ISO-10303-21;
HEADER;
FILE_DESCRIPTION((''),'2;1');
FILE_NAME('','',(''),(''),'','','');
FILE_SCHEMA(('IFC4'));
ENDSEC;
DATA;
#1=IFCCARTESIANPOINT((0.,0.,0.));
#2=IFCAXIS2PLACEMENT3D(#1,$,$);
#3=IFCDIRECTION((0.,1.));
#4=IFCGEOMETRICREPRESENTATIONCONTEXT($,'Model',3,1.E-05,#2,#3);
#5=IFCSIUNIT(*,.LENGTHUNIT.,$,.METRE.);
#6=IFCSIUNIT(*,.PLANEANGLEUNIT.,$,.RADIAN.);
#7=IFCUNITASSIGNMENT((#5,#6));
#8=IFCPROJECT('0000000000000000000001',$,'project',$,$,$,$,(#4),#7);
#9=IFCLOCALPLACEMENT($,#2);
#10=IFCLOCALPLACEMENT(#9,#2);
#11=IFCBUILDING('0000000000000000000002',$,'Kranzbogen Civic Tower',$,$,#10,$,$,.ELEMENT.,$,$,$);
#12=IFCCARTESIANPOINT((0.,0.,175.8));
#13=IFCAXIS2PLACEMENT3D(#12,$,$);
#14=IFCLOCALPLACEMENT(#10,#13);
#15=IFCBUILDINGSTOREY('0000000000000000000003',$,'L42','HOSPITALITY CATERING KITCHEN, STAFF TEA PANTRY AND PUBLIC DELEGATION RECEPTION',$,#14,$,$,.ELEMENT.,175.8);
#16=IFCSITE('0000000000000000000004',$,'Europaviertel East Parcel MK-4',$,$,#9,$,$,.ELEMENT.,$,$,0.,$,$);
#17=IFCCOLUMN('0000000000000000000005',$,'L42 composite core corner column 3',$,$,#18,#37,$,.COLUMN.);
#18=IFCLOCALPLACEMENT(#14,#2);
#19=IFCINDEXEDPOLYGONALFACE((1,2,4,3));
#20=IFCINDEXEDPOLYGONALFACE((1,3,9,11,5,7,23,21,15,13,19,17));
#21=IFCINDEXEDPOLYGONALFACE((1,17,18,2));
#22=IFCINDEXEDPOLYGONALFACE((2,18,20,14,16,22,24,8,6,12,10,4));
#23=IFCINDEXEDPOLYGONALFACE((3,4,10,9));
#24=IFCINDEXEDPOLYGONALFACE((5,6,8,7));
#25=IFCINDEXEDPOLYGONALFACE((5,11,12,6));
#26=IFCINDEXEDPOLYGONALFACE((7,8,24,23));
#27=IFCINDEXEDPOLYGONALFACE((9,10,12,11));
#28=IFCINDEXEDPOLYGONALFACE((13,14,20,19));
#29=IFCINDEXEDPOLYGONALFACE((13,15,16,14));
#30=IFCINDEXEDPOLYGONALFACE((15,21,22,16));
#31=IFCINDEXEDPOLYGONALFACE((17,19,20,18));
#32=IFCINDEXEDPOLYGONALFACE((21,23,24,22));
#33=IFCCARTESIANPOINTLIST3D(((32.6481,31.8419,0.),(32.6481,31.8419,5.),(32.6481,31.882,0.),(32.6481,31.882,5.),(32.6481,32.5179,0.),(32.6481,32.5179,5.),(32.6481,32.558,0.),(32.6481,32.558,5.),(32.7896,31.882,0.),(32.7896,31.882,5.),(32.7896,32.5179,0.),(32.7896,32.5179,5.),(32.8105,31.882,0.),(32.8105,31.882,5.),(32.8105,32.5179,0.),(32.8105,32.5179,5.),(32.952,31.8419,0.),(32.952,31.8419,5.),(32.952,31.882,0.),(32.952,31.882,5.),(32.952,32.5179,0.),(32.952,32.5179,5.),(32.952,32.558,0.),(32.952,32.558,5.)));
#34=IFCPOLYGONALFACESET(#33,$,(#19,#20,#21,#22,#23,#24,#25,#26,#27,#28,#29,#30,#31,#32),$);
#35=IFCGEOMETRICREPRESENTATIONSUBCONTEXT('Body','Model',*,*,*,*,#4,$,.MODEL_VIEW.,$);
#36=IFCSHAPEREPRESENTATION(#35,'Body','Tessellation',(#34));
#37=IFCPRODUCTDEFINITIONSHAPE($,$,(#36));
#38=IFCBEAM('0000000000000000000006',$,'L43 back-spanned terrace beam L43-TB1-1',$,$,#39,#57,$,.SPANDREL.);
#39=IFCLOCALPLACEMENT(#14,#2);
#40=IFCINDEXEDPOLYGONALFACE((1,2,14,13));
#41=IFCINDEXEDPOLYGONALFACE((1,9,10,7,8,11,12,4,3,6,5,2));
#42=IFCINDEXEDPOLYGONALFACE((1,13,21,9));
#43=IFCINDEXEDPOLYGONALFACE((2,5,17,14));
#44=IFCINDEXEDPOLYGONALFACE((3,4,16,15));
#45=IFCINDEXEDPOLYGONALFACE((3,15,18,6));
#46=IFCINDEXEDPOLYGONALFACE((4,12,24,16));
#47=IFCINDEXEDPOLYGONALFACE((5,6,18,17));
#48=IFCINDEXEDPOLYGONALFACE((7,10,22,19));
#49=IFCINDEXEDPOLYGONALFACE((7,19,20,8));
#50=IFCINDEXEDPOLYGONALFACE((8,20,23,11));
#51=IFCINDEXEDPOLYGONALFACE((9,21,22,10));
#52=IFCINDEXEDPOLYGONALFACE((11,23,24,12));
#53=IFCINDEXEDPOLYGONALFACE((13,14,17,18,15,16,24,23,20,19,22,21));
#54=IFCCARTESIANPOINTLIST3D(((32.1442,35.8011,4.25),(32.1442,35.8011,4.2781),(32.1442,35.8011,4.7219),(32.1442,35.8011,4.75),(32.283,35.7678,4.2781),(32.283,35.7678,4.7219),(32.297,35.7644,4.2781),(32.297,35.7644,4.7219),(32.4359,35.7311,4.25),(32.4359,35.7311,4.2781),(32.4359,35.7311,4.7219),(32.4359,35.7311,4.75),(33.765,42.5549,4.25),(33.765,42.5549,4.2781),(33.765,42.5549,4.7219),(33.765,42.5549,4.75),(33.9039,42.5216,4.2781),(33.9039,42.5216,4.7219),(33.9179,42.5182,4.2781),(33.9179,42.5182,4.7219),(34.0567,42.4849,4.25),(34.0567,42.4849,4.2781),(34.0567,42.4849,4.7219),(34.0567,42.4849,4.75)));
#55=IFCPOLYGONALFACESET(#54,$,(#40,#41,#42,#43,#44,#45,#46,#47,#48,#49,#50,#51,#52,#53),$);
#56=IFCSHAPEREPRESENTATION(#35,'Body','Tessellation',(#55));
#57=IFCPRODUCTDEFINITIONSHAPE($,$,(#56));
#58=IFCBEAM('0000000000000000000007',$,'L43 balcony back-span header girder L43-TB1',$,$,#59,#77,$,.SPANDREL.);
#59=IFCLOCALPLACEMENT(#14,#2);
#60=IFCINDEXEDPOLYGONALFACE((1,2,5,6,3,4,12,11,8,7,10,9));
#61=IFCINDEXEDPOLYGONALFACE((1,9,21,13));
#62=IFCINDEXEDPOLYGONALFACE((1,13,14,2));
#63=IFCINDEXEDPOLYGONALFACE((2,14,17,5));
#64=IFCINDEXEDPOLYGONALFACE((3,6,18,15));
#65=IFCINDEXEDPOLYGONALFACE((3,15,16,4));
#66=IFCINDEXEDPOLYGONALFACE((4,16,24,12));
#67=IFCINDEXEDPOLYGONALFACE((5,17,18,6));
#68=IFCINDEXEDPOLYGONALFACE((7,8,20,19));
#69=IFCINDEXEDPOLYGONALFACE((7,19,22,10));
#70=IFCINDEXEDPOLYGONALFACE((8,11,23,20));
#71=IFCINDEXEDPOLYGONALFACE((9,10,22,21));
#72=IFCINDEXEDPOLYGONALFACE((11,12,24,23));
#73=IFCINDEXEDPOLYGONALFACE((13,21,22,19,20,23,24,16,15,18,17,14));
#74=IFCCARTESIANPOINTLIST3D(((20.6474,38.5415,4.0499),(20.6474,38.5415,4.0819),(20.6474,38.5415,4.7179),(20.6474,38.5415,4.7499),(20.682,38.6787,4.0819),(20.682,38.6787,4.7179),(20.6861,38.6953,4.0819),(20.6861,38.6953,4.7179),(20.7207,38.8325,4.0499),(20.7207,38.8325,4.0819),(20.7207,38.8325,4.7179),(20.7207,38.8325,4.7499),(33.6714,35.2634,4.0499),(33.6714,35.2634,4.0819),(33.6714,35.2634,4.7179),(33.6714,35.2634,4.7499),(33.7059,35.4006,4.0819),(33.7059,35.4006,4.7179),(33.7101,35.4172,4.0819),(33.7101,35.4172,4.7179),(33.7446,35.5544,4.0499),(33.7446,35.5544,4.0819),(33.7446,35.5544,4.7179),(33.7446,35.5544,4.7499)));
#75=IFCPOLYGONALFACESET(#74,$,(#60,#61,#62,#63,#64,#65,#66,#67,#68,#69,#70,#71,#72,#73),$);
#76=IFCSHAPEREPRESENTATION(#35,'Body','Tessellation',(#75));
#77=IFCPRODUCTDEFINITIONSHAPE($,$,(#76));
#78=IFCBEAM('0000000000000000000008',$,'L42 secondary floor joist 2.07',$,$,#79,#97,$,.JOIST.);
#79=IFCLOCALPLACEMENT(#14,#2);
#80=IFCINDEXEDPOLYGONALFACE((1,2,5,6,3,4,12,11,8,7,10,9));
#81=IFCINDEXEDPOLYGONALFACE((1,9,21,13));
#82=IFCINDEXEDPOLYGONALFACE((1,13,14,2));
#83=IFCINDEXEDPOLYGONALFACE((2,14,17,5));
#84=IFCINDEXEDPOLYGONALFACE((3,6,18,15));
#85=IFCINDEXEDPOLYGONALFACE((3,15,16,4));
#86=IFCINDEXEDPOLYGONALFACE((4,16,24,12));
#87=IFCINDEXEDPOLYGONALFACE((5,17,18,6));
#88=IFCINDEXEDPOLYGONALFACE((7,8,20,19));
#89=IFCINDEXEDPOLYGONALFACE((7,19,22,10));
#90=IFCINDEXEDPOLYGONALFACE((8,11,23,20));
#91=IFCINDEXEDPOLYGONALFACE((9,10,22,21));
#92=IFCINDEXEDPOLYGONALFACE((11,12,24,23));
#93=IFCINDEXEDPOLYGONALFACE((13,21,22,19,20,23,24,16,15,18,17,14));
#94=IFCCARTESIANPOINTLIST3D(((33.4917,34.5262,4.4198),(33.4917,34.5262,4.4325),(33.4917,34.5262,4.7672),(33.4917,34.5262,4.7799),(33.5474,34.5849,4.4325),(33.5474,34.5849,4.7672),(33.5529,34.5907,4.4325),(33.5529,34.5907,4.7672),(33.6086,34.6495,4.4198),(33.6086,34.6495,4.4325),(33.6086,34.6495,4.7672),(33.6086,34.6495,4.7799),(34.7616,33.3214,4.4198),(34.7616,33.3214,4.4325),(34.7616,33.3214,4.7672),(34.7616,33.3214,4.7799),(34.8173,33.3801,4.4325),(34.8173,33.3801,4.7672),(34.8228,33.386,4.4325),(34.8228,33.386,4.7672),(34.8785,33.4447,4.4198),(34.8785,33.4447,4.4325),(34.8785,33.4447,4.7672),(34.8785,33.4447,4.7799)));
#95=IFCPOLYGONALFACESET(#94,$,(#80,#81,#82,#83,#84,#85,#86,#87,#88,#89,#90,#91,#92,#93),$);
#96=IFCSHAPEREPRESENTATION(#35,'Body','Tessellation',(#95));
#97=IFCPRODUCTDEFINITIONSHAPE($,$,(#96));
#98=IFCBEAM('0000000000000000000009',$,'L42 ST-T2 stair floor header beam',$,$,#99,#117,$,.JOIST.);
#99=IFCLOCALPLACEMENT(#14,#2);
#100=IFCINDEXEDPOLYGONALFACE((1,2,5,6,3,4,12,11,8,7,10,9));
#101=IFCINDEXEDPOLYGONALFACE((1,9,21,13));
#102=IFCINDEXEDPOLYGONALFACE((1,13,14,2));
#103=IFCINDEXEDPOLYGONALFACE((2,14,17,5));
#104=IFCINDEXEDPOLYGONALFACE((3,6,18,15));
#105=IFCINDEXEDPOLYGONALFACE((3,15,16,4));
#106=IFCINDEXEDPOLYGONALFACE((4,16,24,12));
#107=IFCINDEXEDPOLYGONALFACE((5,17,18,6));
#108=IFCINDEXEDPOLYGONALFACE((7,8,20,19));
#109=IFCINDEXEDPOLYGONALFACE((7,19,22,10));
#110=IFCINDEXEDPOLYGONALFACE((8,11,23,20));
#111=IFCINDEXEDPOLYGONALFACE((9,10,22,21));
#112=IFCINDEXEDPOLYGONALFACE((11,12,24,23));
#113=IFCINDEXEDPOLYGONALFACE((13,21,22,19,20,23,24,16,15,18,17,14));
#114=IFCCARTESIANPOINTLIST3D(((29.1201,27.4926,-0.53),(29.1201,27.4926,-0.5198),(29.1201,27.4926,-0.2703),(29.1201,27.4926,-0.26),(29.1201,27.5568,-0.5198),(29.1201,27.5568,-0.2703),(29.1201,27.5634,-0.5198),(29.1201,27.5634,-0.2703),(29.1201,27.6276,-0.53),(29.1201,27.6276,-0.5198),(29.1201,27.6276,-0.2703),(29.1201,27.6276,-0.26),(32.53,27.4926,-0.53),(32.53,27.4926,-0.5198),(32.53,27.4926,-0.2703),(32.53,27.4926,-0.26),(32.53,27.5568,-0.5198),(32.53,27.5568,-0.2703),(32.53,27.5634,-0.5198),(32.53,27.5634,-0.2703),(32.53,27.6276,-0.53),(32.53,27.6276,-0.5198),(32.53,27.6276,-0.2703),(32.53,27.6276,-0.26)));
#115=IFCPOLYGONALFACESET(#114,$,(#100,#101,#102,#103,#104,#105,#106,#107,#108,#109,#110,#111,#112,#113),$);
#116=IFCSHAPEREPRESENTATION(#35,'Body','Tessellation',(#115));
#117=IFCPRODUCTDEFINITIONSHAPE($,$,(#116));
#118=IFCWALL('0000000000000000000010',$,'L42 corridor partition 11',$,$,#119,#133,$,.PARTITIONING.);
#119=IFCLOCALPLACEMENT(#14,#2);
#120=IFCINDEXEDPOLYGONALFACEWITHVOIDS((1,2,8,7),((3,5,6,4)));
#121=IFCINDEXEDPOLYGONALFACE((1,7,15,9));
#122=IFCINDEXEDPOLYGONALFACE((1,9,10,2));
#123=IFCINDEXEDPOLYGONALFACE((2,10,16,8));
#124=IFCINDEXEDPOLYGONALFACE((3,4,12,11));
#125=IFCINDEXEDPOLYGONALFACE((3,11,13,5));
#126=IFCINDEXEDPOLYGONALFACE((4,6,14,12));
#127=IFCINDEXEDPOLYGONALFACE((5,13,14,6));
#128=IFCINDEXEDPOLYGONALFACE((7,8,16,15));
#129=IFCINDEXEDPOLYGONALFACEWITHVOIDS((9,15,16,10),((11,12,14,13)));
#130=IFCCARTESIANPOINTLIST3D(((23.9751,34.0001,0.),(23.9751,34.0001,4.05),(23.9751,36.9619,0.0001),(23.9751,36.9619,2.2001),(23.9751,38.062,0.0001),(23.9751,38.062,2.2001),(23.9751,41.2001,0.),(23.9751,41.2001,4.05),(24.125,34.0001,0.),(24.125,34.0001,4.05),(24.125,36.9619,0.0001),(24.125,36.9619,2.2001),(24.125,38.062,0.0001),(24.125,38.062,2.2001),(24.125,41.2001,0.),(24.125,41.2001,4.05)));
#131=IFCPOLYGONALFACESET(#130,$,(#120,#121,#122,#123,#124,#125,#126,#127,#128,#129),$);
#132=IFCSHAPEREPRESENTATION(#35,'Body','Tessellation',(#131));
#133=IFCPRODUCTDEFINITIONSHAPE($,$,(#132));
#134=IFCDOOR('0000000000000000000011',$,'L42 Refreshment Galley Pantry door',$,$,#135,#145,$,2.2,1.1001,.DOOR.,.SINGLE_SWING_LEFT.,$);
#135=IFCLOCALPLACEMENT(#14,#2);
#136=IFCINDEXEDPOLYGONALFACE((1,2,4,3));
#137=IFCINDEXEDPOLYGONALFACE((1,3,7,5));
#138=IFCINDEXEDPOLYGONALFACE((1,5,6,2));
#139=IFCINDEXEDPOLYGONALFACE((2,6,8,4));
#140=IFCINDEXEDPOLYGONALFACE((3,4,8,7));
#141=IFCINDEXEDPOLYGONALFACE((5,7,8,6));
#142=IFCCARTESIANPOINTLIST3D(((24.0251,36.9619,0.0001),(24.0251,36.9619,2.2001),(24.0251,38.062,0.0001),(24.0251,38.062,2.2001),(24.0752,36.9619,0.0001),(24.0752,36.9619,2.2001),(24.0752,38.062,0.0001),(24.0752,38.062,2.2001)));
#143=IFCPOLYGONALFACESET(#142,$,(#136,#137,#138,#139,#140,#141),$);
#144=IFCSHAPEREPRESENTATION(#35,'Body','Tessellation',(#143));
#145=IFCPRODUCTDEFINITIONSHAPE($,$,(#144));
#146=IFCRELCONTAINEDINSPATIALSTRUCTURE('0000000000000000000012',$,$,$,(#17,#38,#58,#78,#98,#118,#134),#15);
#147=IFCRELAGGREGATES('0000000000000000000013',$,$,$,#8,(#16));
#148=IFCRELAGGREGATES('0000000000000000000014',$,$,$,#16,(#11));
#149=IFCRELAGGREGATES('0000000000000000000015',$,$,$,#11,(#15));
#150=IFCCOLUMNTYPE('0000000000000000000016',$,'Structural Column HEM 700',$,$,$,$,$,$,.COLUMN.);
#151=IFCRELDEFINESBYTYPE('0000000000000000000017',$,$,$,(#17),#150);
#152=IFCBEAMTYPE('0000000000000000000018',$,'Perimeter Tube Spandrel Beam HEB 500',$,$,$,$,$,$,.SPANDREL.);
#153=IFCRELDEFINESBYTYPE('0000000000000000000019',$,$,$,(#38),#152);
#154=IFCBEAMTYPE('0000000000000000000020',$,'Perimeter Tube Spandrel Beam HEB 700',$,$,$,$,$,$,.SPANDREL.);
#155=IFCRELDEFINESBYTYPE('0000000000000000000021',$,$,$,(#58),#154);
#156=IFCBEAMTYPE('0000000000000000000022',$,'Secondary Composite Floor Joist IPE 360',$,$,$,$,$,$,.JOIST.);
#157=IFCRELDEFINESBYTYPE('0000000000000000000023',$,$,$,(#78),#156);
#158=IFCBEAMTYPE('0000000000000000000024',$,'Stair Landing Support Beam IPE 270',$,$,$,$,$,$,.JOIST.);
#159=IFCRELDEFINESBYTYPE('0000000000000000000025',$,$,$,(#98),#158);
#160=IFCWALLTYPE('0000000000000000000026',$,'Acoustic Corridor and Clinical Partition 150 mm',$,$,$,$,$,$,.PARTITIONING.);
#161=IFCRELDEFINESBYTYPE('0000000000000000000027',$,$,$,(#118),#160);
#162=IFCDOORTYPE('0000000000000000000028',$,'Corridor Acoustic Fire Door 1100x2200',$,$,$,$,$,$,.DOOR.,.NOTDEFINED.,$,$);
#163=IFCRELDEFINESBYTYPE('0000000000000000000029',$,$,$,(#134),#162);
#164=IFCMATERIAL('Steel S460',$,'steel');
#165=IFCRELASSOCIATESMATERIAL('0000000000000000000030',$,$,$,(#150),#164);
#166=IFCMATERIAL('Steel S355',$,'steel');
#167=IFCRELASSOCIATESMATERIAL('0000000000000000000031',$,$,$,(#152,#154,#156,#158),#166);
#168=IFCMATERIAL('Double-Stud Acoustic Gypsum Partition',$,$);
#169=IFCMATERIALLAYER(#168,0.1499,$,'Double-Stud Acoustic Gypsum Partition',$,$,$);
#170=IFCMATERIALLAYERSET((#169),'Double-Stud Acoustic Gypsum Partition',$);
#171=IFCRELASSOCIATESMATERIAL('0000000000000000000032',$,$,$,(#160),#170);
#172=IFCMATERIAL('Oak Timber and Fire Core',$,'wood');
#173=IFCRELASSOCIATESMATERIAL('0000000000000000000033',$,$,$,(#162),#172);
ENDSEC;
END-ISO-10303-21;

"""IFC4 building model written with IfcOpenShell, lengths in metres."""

from ifc_helpers import new_model, si_unit, direction, frame, frame_2d, origin, origin_2d, place, context, subcontext, project, spatial, rectangle, i_section, extrude, material, layer, layer_set, material_profile, profile_set, type_object, element, fill, save


model = new_model("IFC4")

# Units and contexts
model_context = context("Model", 3, precision=1e-05, world=origin(), true_north=direction((0.0, 1.0)))
body_context = subcontext(model_context, "Body", "Model", "MODEL_VIEW")
ifc_project = project(units=[si_unit("LENGTHUNIT", "METRE"), si_unit("PLANEANGLEUNIT", "RADIAN")], contexts=[model_context])

# Site, building, storey
site_placement = place(None, origin())
site = spatial("IfcSite", under=ifc_project, at=site_placement, Name="Europaviertel East Parcel MK-4", CompositionType="ELEMENT", RefElevation=0.0)
building_placement = place(site_placement, origin())
building = spatial("IfcBuilding", under=site, at=building_placement, Name="Kranzbogen Civic Tower", CompositionType="ELEMENT")
storey_placement = place(building_placement, frame((0.0, 0.0, 175.8)))
storey = spatial("IfcBuildingStorey", under=building, at=storey_placement, Name="L42", Description="HOSPITALITY CATERING KITCHEN, STAFF TEA PANTRY AND PUBLIC DELEGATION RECEPTION", CompositionType="ELEMENT", Elevation=175.8)

# Column
ifc_material_1 = material(Name="Steel S460", Category="steel")
ifc_material_profile_1 = material_profile(ifc_material_1, i_section(OverallWidth=0.304, OverallDepth=0.7161, WebThickness=0.021, FlangeThickness=0.04, at=origin_2d()), Name="HEM 700")
ifc_profile_set_1 = profile_set([ifc_material_profile_1], Name="Steel S460")
column_type = type_object("IfcColumnType", Name="Structural Column HEM 700", PredefinedType="COLUMN", material=ifc_profile_set_1)
column_placement = place(storey_placement, frame((32.8, 32.2, 0.0), z_axis=(0.0, 0.0, 1.0), x_axis=(1.0, 0.0, 0.0)))
element("IfcColumn", 1, at=column_placement, inside=storey, type_object=column_type, Name="L42 composite core corner column 3", PredefinedType="COLUMN", context=body_context, shape_type="SweptSolid", body=[
    extrude(i_section(OverallWidth=0.304, OverallDepth=0.7161, WebThickness=0.021, FlangeThickness=0.04, at=origin_2d()), origin(), (0.0, 0.0, 1.0), 5.0),
])

# Beams
ifc_material_2 = material(Name="Steel S355", Category="steel")
ifc_material_profile_2 = material_profile(ifc_material_2, i_section(OverallWidth=0.3, OverallDepth=0.5, WebThickness=0.0144, FlangeThickness=0.0281, at=origin_2d()), Name="HEB 500")
ifc_profile_set_2 = profile_set([ifc_material_profile_2], Name="Steel S355")
beam_type_1 = type_object("IfcBeamType", Name="Perimeter Tube Spandrel Beam HEB 500", PredefinedType="SPANDREL", material=ifc_profile_set_2)
beam_1_placement = place(storey_placement, frame((32.29, 35.7661, 4.5), z_axis=(0.233361, 0.97239, 0.0), x_axis=(-0.97239, 0.233361, 0.0)))
element("IfcBeam", 2, at=beam_1_placement, inside=storey, type_object=beam_type_1, Name="L43 back-spanned terrace beam L43-TB1-1", PredefinedType="SPANDREL", context=body_context, shape_type="SweptSolid", body=[
    extrude(i_section(OverallWidth=0.3, OverallDepth=0.5, WebThickness=0.0144, FlangeThickness=0.0281, at=origin_2d()), origin(), (0.0, 0.0, 1.0), 6.9456),
])
ifc_material_profile_3 = material_profile(ifc_material_2, i_section(OverallWidth=0.3, OverallDepth=0.7, WebThickness=0.0171, FlangeThickness=0.032, at=origin_2d()), Name="HEB 700")
ifc_profile_set_3 = profile_set([ifc_material_profile_3], Name="Steel S355")
beam_type_2 = type_object("IfcBeamType", Name="Perimeter Tube Spandrel Beam HEB 700", PredefinedType="SPANDREL", material=ifc_profile_set_3)
beam_2_placement = place(storey_placement, frame((33.708, 35.4089, 4.3999), z_axis=(-0.969754, 0.244084, 0.0), x_axis=(-0.244084, -0.969754, 0.0)))
element("IfcBeam", 3, at=beam_2_placement, inside=storey, type_object=beam_type_2, Name="L43 balcony back-span header girder L43-TB1", PredefinedType="SPANDREL", context=body_context, shape_type="SweptSolid", body=[
    extrude(i_section(OverallWidth=0.3, OverallDepth=0.7, WebThickness=0.0171, FlangeThickness=0.032, at=origin_2d()), origin(), (0.0, 0.0, 1.0), 13.4302),
])
ifc_material_profile_4 = material_profile(ifc_material_2, i_section(OverallWidth=0.1699, OverallDepth=0.3601, WebThickness=0.0081, FlangeThickness=0.0127, at=origin_2d()), Name="IPE 360")
ifc_profile_set_4 = profile_set([ifc_material_profile_4], Name="Steel S355")
beam_type_3 = type_object("IfcBeamType", Name="Secondary Composite Floor Joist IPE 360", PredefinedType="JOIST", material=ifc_profile_set_4)
beam_3_placement = place(storey_placement, frame((34.8201, 33.3831, 4.5999), z_axis=(-0.72548, 0.688243, 0.0), x_axis=(-0.688243, -0.72548, 0.0)))
element("IfcBeam", 4, at=beam_3_placement, inside=storey, type_object=beam_type_3, Name="L42 secondary floor joist 2.07", PredefinedType="JOIST", context=body_context, shape_type="SweptSolid", body=[
    extrude(i_section(OverallWidth=0.1699, OverallDepth=0.3601, WebThickness=0.0081, FlangeThickness=0.0127, at=origin_2d()), origin(), (0.0, 0.0, 1.0), 1.7505),
])
ifc_material_profile_5 = material_profile(ifc_material_2, i_section(OverallWidth=0.135, OverallDepth=0.27, WebThickness=0.0066, FlangeThickness=0.0103, at=origin_2d()), Name="IPE 270")
ifc_profile_set_5 = profile_set([ifc_material_profile_5], Name="Steel S355")
beam_type_4 = type_object("IfcBeamType", Name="Stair Landing Support Beam IPE 270", PredefinedType="JOIST", material=ifc_profile_set_5)
beam_4_placement = place(storey_placement, frame((29.1201, 27.5601, -0.395), z_axis=(1.0, 0.0, 0.0), x_axis=(0.0, 1.0, 0.0)))
element("IfcBeam", 5, at=beam_4_placement, inside=storey, type_object=beam_type_4, Name="L42 ST-T2 stair floor header beam", PredefinedType="JOIST", context=body_context, shape_type="SweptSolid", body=[
    extrude(i_section(OverallWidth=0.135, OverallDepth=0.27, WebThickness=0.0066, FlangeThickness=0.0103, at=origin_2d()), origin(), (0.0, 0.0, 1.0), 3.4099),
])

# Wall, opening, door
ifc_material_3 = material(Name="Double-Stud Acoustic Gypsum Partition")
ifc_layer_1 = layer(ifc_material_3, 0.1499, Name="Double-Stud Acoustic Gypsum Partition")
ifc_layer_set_1 = layer_set([ifc_layer_1], Name="Double-Stud Acoustic Gypsum Partition")
wall_type_1 = type_object("IfcWallType", Name="Acoustic Corridor and Clinical Partition 150 mm", PredefinedType="PARTITIONING", material=ifc_layer_set_1)
wall_1_placement = place(storey_placement, frame((24.05, 34.0, 0.0), z_axis=(0.0, 0.0, 1.0), x_axis=(0.0, 1.0, 0.0)))
wall_1 = element("IfcWall", 6, at=wall_1_placement, inside=storey, type_object=wall_type_1, Name="L42 corridor partition 11", PredefinedType="PARTITIONING", context=body_context, shape_type="SweptSolid", body=[
    extrude(rectangle(XDim=7.2, YDim=0.1499, at=frame_2d((3.6001, 0.0))), origin(), (0.0, 0.0, 1.0), 4.05),
])
opening_1_placement = place(wall_1_placement, frame((2.9619, 0.0, 0.0)))
opening_1 = element("IfcOpeningElement", 7, at=opening_1_placement, cuts=wall_1, PredefinedType="OPENING", context=body_context, shape_type="SweptSolid", body=[
    extrude(rectangle(XDim=1.1001, YDim=2.2, at=frame_2d((0.55, 1.1001))), frame((0.0, 0.085, 0.0), z_axis=(0.0, -1.0, 0.0), x_axis=(1.0, 0.0, 0.0)), (0.0, 0.0, 1.0), 0.1699),
])
ifc_material_4 = material(Name="Oak Timber and Fire Core", Category="wood")
door_type_1 = type_object("IfcDoorType", Name="Corridor Acoustic Fire Door 1100x2200", OperationType="NOTDEFINED", PredefinedType="DOOR", material=ifc_material_4)
door_1_placement = place(opening_1_placement, origin())
door_1 = element("IfcDoor", 8, at=door_1_placement, inside=storey, type_object=door_type_1, Name="L42 Refreshment Galley Pantry door", OperationType="SINGLE_SWING_LEFT", OverallHeight=2.2, OverallWidth=1.1001, PredefinedType="DOOR", context=body_context, shape_type="SweptSolid", body=[
    extrude(rectangle(XDim=1.1001, YDim=2.2, at=frame_2d((0.55, 1.1001))), frame((0.0, 0.0249, 0.0), z_axis=(0.0, -1.0, 0.0), x_axis=(1.0, 0.0, 0.0)), (0.0, 0.0, 1.0), 0.05),
])
fill(opening_1, door_1)

save(model, "model.ifc")
